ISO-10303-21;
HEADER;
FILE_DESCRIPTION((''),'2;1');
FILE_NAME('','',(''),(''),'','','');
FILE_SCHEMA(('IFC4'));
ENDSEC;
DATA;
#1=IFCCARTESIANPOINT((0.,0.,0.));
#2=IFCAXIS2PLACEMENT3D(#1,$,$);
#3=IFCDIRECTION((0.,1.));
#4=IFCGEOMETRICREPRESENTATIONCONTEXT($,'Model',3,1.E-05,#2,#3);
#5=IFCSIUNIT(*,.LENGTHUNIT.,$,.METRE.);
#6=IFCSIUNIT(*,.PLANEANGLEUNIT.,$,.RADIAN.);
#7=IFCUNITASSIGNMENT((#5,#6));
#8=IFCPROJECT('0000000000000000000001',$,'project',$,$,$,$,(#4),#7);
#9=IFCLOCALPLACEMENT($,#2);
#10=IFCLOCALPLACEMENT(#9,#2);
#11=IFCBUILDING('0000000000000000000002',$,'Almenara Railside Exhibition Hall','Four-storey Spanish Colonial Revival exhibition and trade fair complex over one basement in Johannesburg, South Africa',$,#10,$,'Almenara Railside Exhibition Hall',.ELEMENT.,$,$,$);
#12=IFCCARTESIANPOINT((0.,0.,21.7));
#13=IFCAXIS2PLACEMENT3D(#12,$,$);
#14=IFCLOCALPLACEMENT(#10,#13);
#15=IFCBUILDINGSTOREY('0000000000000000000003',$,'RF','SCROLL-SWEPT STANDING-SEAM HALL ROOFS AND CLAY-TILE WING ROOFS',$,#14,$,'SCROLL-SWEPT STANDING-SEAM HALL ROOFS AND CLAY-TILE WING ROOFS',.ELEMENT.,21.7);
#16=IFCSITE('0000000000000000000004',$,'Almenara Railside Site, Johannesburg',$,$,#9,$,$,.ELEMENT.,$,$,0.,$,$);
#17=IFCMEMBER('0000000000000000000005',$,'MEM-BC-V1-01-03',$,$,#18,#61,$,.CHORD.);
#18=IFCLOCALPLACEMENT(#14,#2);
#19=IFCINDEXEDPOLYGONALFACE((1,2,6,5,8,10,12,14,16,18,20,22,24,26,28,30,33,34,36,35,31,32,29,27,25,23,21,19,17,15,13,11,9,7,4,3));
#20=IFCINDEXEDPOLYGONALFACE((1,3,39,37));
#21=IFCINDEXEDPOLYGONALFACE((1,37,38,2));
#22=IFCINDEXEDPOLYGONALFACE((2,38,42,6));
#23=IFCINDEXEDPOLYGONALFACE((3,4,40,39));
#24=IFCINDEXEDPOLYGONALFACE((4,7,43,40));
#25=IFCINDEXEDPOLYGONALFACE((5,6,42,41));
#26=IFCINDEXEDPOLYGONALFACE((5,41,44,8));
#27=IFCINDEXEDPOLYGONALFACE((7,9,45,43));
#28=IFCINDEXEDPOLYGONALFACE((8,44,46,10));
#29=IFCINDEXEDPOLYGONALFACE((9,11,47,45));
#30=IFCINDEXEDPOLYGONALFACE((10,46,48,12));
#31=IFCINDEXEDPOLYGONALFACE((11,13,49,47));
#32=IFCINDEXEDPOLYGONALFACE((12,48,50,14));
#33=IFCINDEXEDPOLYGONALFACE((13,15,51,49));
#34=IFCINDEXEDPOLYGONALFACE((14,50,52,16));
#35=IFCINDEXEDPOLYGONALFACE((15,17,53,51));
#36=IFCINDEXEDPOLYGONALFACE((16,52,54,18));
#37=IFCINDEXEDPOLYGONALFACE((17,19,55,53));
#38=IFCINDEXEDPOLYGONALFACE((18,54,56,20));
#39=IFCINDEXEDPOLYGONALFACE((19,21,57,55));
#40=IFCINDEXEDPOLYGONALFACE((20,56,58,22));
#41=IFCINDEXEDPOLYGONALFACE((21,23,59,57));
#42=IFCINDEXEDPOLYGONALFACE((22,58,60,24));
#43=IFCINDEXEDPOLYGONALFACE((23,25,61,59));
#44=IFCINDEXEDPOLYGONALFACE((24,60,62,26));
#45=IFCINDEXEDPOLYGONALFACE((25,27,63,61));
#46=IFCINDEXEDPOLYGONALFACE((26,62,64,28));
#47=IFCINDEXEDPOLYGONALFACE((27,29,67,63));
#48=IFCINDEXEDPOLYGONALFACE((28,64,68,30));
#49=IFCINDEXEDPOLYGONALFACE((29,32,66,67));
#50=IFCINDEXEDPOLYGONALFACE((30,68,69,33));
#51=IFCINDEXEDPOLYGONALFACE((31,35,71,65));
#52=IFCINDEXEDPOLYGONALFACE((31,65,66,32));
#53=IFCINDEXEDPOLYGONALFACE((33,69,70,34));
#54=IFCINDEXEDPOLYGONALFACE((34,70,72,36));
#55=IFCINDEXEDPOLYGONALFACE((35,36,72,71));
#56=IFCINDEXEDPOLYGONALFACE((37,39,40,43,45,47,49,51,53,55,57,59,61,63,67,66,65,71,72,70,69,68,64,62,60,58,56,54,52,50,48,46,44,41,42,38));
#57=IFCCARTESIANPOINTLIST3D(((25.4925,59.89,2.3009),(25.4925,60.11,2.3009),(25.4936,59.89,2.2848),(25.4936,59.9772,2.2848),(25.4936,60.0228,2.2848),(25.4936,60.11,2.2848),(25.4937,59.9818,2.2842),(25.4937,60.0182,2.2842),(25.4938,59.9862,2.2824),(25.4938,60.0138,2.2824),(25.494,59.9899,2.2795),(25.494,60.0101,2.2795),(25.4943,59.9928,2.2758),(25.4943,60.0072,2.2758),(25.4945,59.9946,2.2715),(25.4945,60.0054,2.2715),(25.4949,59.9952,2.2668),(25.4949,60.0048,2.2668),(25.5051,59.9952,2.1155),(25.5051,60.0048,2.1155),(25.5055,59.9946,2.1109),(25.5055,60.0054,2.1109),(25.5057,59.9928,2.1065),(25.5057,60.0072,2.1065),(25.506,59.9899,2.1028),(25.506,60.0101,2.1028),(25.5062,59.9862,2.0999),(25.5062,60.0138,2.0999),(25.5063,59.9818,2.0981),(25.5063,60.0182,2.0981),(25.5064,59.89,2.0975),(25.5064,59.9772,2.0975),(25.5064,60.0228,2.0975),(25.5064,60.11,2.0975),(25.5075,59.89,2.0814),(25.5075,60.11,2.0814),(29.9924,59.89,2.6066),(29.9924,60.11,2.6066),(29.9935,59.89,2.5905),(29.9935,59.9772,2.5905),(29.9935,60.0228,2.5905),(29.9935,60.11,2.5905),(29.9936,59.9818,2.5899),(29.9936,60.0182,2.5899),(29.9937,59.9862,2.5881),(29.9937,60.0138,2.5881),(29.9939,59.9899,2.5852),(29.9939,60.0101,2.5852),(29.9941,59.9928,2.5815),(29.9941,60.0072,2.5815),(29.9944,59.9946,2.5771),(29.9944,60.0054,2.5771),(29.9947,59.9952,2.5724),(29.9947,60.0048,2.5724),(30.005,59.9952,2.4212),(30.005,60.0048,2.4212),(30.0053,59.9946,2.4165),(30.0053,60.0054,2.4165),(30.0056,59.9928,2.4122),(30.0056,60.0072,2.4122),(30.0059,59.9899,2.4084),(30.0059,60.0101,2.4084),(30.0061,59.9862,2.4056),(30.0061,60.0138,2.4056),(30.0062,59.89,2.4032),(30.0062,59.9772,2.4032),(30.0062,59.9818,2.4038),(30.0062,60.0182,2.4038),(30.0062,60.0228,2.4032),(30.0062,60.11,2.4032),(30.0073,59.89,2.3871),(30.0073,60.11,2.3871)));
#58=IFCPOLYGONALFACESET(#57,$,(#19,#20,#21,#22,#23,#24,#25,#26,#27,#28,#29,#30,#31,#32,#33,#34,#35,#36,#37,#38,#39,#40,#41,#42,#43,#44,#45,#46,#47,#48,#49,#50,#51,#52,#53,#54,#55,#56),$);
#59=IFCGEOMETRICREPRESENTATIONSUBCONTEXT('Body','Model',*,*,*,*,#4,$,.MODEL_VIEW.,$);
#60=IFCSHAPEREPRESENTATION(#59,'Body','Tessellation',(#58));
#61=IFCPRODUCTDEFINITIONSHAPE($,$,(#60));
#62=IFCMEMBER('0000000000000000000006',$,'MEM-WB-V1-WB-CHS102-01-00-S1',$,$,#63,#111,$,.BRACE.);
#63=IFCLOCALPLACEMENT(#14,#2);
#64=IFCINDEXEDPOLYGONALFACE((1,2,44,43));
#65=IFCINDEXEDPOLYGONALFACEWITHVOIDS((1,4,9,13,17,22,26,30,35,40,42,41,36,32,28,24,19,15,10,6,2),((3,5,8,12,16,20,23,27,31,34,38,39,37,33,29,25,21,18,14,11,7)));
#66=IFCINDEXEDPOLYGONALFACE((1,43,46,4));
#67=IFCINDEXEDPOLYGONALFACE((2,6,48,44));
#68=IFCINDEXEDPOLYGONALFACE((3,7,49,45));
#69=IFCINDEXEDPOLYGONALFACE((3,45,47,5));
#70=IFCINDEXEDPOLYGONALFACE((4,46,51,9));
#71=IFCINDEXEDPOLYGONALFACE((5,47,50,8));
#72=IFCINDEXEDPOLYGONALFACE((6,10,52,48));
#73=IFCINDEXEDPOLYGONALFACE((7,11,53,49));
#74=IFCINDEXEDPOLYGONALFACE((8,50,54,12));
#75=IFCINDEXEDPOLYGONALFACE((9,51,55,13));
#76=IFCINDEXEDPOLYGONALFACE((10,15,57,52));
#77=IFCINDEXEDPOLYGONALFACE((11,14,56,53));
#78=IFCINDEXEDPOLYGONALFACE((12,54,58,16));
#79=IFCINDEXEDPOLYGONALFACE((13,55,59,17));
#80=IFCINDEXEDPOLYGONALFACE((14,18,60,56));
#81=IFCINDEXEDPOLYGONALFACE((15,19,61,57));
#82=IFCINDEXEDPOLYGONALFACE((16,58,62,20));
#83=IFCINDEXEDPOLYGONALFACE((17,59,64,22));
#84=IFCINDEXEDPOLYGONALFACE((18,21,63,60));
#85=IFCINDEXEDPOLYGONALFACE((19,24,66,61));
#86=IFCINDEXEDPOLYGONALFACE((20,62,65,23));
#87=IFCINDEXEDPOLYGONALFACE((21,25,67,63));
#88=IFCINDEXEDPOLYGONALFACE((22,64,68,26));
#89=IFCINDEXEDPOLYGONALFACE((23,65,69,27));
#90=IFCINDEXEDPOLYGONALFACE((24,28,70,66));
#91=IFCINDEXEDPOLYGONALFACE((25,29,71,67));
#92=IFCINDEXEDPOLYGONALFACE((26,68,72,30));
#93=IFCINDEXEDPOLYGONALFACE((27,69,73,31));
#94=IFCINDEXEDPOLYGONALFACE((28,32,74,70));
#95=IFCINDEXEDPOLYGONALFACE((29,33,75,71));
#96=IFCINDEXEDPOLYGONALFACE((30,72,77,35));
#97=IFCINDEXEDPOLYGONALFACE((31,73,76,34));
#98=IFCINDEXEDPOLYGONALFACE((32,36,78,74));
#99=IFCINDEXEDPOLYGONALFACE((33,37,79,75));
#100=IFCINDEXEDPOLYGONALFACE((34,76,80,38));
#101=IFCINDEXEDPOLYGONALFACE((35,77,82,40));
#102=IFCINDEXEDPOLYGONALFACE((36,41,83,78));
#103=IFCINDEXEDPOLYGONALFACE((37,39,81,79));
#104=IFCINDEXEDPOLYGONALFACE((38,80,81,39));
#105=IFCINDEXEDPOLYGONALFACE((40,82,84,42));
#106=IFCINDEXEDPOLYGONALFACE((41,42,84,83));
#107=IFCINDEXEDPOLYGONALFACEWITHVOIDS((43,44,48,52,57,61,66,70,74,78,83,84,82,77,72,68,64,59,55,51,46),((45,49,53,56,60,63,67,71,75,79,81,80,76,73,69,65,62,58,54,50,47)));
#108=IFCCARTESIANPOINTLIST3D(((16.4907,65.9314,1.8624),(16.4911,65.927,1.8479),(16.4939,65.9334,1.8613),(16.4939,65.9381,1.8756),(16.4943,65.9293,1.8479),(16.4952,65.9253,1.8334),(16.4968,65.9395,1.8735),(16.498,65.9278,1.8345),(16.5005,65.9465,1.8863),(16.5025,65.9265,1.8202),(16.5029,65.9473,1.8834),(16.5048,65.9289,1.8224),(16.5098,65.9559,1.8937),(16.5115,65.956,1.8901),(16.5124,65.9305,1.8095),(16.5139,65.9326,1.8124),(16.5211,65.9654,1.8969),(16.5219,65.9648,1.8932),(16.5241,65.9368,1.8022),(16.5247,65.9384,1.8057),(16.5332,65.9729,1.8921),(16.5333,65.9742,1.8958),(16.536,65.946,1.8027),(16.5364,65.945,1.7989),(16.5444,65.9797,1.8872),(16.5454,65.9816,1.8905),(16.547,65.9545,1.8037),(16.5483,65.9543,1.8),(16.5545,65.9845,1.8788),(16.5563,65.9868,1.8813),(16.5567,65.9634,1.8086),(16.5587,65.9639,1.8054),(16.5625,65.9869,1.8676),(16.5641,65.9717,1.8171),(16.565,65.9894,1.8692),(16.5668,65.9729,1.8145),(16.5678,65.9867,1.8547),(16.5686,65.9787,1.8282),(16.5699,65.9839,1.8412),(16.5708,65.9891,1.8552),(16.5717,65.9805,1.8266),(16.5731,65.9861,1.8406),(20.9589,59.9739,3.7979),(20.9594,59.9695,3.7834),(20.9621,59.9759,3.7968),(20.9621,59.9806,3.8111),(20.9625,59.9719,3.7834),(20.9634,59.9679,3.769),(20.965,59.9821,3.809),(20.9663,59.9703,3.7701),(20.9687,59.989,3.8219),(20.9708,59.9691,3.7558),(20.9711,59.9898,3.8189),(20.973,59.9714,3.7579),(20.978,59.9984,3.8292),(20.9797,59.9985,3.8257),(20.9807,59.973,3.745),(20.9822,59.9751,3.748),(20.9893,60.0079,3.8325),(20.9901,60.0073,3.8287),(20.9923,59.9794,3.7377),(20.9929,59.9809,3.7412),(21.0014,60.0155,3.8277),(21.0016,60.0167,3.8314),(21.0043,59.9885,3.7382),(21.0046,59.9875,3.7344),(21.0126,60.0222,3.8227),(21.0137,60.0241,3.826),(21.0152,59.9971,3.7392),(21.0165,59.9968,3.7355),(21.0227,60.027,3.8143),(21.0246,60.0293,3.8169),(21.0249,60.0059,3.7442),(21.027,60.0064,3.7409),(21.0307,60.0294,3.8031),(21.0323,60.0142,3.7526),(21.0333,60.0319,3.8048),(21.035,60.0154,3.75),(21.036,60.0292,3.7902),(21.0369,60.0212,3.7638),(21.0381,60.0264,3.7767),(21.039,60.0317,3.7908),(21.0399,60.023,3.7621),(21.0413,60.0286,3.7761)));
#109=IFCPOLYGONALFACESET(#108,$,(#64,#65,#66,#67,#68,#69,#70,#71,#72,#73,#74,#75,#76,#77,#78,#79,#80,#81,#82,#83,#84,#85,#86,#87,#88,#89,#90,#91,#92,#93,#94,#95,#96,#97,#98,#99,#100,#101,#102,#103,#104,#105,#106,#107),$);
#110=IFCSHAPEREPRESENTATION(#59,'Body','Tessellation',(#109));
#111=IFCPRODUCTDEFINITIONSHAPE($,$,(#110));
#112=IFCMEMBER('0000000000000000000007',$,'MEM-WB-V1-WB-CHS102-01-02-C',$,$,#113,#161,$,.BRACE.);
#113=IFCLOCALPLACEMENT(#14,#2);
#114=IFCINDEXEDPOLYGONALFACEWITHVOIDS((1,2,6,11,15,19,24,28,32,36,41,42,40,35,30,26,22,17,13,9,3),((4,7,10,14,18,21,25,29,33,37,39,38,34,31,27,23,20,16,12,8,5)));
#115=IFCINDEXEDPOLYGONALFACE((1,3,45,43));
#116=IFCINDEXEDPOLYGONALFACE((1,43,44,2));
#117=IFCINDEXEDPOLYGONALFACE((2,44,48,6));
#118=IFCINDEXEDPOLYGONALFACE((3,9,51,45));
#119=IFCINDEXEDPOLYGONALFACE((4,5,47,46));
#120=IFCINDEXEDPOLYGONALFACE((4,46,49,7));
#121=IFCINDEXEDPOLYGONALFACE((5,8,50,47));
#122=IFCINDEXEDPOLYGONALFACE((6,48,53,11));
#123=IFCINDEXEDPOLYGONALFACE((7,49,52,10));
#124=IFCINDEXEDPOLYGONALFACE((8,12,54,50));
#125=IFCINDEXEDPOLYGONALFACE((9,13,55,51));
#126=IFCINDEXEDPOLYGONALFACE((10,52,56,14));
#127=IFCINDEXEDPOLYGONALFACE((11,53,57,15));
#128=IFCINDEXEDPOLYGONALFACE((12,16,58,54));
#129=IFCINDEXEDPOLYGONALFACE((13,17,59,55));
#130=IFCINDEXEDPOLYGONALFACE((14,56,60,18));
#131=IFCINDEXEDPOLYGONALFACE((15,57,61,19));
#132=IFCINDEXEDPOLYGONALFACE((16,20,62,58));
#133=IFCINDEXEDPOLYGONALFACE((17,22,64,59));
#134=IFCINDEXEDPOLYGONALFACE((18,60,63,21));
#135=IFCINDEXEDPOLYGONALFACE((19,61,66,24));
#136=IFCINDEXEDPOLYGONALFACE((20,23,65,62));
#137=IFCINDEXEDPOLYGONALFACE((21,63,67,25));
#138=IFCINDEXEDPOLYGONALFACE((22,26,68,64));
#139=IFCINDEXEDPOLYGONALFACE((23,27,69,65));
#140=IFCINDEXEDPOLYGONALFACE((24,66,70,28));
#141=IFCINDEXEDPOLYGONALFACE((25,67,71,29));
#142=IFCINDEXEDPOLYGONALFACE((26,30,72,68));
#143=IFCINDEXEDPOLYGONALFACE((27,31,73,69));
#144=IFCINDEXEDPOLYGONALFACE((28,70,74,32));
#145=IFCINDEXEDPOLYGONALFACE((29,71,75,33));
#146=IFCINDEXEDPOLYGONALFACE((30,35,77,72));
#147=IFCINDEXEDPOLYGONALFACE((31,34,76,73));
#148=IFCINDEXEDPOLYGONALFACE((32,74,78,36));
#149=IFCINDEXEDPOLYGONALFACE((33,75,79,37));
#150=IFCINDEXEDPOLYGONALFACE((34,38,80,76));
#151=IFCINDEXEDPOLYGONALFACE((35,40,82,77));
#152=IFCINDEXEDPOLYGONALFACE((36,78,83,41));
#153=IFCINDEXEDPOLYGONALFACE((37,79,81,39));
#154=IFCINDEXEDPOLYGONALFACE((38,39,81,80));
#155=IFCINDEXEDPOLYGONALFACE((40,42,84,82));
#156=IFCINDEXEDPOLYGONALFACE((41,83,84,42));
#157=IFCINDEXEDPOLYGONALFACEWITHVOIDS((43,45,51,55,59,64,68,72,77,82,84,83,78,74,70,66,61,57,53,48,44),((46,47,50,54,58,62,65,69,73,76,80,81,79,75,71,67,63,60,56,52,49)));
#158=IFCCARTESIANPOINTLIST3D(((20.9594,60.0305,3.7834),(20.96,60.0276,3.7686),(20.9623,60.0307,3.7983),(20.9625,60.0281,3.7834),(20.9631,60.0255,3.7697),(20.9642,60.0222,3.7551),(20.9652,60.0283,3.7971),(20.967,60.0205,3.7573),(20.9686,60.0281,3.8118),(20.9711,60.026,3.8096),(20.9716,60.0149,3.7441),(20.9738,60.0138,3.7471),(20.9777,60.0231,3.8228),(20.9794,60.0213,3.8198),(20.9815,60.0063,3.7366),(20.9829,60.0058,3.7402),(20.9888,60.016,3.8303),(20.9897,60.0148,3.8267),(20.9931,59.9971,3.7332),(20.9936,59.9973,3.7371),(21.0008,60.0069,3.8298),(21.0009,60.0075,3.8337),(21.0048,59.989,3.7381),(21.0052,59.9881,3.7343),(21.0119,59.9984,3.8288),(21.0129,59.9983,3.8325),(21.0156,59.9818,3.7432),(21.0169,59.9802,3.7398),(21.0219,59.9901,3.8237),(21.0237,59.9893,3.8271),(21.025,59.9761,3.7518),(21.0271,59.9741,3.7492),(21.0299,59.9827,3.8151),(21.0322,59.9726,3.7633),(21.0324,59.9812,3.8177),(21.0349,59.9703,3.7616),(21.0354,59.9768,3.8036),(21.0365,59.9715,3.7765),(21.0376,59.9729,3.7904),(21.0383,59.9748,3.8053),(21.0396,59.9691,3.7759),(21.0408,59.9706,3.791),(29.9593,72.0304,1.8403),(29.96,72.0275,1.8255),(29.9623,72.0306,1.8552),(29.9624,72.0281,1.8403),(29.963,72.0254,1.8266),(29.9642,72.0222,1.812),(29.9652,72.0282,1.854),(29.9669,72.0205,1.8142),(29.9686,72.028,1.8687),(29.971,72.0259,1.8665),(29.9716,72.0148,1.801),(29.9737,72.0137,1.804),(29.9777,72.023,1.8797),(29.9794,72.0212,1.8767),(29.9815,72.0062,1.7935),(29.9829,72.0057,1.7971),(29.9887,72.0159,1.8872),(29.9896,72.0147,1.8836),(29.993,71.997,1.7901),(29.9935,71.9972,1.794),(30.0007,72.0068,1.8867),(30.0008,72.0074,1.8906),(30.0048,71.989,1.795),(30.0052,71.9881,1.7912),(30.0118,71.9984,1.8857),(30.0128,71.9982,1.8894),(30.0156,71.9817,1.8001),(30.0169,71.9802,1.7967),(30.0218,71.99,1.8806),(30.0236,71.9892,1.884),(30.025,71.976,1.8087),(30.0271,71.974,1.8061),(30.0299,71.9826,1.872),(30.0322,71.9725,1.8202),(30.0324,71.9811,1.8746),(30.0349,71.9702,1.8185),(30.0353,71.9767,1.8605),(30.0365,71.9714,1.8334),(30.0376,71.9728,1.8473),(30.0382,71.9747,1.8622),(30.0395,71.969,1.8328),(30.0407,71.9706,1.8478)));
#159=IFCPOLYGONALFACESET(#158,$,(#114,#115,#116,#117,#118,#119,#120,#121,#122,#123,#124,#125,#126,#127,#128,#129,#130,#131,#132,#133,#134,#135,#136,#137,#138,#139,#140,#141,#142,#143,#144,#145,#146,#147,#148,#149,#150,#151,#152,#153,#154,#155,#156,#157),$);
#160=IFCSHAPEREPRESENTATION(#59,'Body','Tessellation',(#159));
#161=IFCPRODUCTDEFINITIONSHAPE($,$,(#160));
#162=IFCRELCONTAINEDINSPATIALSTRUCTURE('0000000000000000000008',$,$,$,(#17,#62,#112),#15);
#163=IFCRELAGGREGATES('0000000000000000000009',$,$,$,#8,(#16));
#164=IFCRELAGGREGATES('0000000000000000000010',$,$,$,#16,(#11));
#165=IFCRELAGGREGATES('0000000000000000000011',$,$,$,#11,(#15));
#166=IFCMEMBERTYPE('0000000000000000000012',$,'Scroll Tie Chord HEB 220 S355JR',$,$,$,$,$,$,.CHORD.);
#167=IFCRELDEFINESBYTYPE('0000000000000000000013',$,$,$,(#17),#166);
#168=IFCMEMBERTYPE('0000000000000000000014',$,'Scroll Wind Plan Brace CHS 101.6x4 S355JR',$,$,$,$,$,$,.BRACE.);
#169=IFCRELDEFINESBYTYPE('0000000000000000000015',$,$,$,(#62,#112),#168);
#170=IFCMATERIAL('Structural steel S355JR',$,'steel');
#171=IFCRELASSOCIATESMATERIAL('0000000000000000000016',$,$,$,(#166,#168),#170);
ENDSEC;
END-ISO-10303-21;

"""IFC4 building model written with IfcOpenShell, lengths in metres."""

from ifc_helpers import new_model, si_unit, direction, frame, origin, origin_2d, place, context, subcontext, project, spatial, hollow_circle, i_section, extrude, material, material_profile, profile_set, type_object, element, save


model = new_model("IFC4")

# Units and contexts
model_context = context("Model", 3, precision=1e-05, world=origin(), true_north=direction((0.0, 1.0)))
body_context = subcontext(model_context, "Body", "Model", "MODEL_VIEW")
ifc_project = project(units=[si_unit("LENGTHUNIT", "METRE"), si_unit("PLANEANGLEUNIT", "RADIAN")], contexts=[model_context])

# Site, building, storey
site_placement = place(None, origin())
site = spatial("IfcSite", under=ifc_project, at=site_placement, Name="Almenara Railside Site, Johannesburg", CompositionType="ELEMENT", RefElevation=0.0)
building_placement = place(site_placement, origin())
building = spatial("IfcBuilding", under=site, at=building_placement, Name="Almenara Railside Exhibition Hall", Description="Four-storey Spanish Colonial Revival exhibition and trade fair complex over one basement in Johannesburg, South Africa", LongName="Almenara Railside Exhibition Hall", CompositionType="ELEMENT")
storey_placement = place(building_placement, frame((0.0, 0.0, 21.7)))
storey = spatial("IfcBuildingStorey", under=building, at=storey_placement, Name="RF", Description="SCROLL-SWEPT STANDING-SEAM HALL ROOFS AND CLAY-TILE WING ROOFS", LongName="SCROLL-SWEPT STANDING-SEAM HALL ROOFS AND CLAY-TILE WING ROOFS", CompositionType="ELEMENT", Elevation=21.7)

# Shared definitions
ifc_material_1 = material(Name="Structural steel S355JR", Category="steel")

# Members
ifc_material_profile_1 = material_profile(ifc_material_1, i_section(OverallWidth=0.22, OverallDepth=0.22, WebThickness=0.0095, FlangeThickness=0.0161, FilletRadius=0.0181, at=origin_2d()), Name="HEB 220")
ifc_profile_set_1 = profile_set([ifc_material_profile_1], Name="Structural steel S355JR")
member_type_1 = type_object("IfcMemberType", Name="Scroll Tie Chord HEB 220 S355JR", PredefinedType="CHORD", material=ifc_profile_set_1)
member_1_placement = place(storey_placement, frame((25.5, 60.0, 2.1912), z_axis=(0.997701, 0.0, 0.067769), x_axis=(0.0, 1.0, 0.0)))
element("IfcMember", 1, at=member_1_placement, inside=storey, type_object=member_type_1, Name="MEM-BC-V1-01-03", PredefinedType="CHORD", context=body_context, shape_type="SweptSolid", body=[
    extrude(i_section(OverallWidth=0.22, OverallDepth=0.22, WebThickness=0.0095, FlangeThickness=0.0161, FilletRadius=0.0181, at=origin_2d()), origin(), (0.0, 0.0, 1.0), 4.5103),
])
ifc_material_profile_2 = material_profile(ifc_material_1, hollow_circle(Radius=0.0508, WallThickness=0.0039, at=origin_2d()), Name="CHS 101.6x4")
ifc_profile_set_2 = profile_set([ifc_material_profile_2], Name="Structural steel S355JR")
member_type_2 = type_object("IfcMemberType", Name="Scroll Wind Plan Brace CHS 101.6x4 S355JR", PredefinedType="BRACE", material=ifc_profile_set_2)
member_2_placement = place(storey_placement, frame((21.0, 60.0, 3.7834), z_axis=(-0.580716, 0.774267, -0.251553), x_axis=(-0.799992, -0.60001, 0.0)))
element("IfcMember", 2, at=member_2_placement, inside=storey, type_object=member_type_2, Name="MEM-WB-V1-WB-CHS102-01-00-S1", PredefinedType="BRACE", context=body_context, shape_type="SweptSolid", body=[
    extrude(hollow_circle(Radius=0.0508, WallThickness=0.0039, at=origin_2d()), origin(), (0.0, 0.0, 1.0), 7.6943),
])
member_3_placement = place(storey_placement, frame((21.0, 60.0, 3.7834), z_axis=(0.595028, 0.793371, -0.128468), x_axis=(-0.8, 0.6, 0.0)))
element("IfcMember", 3, at=member_3_placement, inside=storey, type_object=member_type_2, Name="MEM-WB-V1-WB-CHS102-01-02-C", PredefinedType="BRACE", context=body_context, shape_type="SweptSolid", body=[
    extrude(hollow_circle(Radius=0.0508, WallThickness=0.0039, at=origin_2d()), origin(), (0.0, 0.0, 1.0), 15.1252),
])

save(model, "model.ifc")
